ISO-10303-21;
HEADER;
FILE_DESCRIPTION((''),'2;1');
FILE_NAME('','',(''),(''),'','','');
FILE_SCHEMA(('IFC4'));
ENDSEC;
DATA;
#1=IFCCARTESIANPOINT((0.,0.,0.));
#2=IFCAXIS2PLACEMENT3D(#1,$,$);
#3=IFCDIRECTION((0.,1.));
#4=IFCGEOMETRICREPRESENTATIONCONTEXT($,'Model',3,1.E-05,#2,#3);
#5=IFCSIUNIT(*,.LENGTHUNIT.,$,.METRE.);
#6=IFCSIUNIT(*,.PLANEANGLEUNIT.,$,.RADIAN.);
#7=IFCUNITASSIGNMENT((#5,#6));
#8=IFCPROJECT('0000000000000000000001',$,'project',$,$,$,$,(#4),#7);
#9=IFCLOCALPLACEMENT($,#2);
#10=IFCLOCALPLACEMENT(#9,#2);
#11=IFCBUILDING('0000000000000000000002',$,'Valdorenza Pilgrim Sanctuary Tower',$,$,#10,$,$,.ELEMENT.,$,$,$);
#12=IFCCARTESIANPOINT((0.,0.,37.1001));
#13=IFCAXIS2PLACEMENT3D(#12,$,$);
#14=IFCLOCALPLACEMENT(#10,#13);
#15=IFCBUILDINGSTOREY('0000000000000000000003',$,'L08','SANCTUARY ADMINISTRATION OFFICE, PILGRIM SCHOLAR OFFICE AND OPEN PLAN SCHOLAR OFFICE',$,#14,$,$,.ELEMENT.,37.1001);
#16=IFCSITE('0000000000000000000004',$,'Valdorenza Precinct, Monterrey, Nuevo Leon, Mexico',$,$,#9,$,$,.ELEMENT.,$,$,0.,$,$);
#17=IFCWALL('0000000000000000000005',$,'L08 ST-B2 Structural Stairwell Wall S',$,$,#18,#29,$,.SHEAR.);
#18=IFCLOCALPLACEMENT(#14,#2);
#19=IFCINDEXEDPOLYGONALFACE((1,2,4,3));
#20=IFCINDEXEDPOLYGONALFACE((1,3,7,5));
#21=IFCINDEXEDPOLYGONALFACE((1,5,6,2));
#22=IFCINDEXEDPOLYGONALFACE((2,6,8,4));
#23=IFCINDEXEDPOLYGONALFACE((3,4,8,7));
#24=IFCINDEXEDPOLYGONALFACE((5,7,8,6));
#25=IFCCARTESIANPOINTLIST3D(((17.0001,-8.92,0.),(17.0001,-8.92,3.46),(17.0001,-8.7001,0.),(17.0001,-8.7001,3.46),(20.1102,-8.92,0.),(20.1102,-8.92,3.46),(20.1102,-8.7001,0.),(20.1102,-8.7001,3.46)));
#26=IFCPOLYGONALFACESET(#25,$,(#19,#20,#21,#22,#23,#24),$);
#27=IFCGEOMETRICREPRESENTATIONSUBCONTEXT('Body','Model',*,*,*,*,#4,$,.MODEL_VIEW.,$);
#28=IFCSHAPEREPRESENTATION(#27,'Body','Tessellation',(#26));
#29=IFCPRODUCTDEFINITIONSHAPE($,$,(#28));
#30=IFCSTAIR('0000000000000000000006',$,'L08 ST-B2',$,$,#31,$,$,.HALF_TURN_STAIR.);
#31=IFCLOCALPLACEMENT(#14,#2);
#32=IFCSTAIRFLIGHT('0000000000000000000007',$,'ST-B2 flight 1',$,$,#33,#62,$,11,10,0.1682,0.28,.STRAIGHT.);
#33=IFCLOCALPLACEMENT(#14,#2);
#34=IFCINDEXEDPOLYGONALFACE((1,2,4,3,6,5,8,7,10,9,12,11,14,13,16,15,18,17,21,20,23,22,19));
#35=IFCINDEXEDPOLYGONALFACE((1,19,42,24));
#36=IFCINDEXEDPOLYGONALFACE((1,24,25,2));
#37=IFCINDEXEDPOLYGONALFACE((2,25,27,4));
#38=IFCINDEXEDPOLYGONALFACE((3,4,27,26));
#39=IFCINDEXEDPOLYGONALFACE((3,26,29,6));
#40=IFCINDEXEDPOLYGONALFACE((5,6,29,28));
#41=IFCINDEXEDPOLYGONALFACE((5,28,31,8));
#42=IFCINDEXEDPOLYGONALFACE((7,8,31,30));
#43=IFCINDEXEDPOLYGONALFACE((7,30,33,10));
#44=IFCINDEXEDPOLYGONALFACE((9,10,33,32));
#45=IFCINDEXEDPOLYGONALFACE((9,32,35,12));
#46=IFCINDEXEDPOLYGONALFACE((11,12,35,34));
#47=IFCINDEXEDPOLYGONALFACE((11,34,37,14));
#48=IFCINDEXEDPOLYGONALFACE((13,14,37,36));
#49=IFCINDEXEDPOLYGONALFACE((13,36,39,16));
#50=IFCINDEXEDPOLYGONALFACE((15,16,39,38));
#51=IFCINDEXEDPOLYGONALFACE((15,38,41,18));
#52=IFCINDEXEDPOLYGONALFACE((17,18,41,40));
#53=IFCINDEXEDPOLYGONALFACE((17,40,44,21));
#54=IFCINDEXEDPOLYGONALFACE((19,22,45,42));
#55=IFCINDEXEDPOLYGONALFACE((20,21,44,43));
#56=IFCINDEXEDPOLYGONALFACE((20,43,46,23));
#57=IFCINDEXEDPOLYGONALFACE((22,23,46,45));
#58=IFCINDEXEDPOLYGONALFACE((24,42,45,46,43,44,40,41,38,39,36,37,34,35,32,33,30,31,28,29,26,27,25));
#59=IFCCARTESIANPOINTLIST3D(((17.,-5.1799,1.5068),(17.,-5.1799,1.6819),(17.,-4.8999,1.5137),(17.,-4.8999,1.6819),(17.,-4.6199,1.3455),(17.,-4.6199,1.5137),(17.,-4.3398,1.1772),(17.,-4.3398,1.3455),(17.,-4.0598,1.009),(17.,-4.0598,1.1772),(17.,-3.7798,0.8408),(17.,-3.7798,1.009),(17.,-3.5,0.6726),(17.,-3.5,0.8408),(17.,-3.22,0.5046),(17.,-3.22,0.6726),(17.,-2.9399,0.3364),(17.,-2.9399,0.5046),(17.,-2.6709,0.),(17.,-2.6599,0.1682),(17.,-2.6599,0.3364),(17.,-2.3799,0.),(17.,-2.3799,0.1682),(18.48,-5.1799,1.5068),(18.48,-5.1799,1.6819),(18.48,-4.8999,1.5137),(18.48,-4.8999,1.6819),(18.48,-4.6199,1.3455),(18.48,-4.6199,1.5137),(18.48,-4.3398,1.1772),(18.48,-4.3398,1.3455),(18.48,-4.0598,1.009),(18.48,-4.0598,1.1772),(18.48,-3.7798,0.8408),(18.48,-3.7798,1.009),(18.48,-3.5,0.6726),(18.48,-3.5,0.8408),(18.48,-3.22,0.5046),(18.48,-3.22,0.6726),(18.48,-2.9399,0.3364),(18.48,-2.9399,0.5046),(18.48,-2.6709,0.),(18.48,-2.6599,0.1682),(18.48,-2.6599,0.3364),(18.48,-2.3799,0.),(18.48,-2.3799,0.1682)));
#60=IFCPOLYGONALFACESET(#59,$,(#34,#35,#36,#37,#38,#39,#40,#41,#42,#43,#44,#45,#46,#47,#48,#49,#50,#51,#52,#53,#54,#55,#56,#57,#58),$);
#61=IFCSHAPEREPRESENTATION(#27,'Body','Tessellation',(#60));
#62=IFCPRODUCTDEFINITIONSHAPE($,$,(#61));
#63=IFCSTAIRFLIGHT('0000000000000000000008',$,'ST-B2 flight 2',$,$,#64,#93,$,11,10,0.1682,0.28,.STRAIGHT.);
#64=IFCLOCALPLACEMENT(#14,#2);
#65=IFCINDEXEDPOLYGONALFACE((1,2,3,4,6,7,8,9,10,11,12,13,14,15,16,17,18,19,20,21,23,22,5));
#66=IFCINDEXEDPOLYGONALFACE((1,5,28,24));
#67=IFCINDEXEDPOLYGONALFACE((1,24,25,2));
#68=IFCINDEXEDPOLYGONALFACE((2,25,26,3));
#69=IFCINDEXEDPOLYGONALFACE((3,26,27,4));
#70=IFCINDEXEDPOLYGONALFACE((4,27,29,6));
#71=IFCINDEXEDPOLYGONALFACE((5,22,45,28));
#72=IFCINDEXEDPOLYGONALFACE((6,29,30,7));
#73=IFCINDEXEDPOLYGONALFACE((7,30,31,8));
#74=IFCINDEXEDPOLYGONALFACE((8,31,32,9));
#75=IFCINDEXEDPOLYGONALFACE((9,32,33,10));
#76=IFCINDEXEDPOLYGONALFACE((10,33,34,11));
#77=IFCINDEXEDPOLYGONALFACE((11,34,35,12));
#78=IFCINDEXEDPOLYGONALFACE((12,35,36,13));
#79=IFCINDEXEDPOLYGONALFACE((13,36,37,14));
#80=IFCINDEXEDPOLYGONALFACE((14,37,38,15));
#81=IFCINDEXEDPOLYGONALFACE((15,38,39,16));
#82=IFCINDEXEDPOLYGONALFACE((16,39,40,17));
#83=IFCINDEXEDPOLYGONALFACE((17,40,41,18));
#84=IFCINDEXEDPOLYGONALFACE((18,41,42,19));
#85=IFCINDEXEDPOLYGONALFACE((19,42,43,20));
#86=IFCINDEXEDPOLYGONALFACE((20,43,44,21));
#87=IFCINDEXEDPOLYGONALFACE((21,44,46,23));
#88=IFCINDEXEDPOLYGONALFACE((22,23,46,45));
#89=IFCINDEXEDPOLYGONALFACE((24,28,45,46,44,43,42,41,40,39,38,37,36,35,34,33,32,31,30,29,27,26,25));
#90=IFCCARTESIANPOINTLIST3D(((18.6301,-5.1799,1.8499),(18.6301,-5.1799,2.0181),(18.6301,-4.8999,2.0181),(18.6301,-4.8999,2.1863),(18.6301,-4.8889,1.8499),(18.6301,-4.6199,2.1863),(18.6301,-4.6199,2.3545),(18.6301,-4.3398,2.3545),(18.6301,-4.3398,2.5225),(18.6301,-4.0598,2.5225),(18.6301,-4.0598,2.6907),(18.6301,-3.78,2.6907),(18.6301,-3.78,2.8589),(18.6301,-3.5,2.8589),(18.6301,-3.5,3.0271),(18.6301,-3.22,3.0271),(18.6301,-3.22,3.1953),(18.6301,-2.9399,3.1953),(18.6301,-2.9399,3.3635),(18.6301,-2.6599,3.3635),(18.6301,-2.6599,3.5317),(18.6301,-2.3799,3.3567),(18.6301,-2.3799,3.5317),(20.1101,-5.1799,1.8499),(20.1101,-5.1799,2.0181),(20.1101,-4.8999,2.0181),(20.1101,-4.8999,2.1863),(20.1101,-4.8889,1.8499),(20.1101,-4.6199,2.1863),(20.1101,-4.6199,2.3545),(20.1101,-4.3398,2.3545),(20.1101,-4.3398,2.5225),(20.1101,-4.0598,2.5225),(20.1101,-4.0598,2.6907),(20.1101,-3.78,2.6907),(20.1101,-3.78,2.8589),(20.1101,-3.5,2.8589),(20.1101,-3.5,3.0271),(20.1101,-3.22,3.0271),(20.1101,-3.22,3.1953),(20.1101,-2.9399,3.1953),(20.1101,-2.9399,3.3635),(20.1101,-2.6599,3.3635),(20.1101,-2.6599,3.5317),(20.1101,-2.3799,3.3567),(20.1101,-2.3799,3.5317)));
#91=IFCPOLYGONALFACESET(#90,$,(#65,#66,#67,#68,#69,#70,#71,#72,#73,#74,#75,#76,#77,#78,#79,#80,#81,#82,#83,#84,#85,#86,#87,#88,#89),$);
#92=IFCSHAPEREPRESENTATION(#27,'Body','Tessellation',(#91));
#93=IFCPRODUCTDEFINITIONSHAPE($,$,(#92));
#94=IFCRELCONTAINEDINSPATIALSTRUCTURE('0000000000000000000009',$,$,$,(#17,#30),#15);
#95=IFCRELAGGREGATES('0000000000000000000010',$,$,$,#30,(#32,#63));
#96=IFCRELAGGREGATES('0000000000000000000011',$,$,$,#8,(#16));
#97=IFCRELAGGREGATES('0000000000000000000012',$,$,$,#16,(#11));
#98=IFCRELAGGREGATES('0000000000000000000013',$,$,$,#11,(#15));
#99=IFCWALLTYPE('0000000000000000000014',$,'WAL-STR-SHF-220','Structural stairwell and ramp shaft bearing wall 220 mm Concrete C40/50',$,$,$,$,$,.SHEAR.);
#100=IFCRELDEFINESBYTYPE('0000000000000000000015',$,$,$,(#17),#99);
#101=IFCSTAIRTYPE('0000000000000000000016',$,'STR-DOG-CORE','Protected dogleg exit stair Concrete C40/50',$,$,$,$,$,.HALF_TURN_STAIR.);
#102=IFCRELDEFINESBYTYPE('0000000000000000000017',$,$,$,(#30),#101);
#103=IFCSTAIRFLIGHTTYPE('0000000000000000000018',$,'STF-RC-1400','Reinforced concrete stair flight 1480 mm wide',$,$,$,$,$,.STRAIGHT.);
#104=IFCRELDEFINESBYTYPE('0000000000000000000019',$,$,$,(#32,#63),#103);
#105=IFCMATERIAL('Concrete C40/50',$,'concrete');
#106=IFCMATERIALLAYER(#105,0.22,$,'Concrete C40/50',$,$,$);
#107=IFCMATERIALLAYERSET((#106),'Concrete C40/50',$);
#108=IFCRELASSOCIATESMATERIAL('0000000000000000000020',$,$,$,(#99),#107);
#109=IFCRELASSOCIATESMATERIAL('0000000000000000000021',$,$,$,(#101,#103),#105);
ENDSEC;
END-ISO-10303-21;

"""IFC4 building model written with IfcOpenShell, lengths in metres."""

from ifc_helpers import new_model, si_unit, direction, frame, frame_2d, origin, place, context, subcontext, project, spatial, polyline, rectangle, outline, extrude, material, layer, layer_set, type_object, element, aggregate, save


model = new_model("IFC4")

# Units and contexts
model_context = context("Model", 3, precision=1e-05, world=origin(), true_north=direction((0.0, 1.0)))
body_context = subcontext(model_context, "Body", "Model", "MODEL_VIEW")
ifc_project = project(units=[si_unit("LENGTHUNIT", "METRE"), si_unit("PLANEANGLEUNIT", "RADIAN")], contexts=[model_context])

# Site, building, storey
site_placement = place(None, origin())
site = spatial("IfcSite", under=ifc_project, at=site_placement, Name="Valdorenza Precinct, Monterrey, Nuevo Leon, Mexico", CompositionType="ELEMENT", RefElevation=0.0)
building_placement = place(site_placement, origin())
building = spatial("IfcBuilding", under=site, at=building_placement, Name="Valdorenza Pilgrim Sanctuary Tower", CompositionType="ELEMENT")
storey_placement = place(building_placement, frame((0.0, 0.0, 37.1001)))
storey = spatial("IfcBuildingStorey", under=building, at=storey_placement, Name="L08", Description="SANCTUARY ADMINISTRATION OFFICE, PILGRIM SCHOLAR OFFICE AND OPEN PLAN SCHOLAR OFFICE", CompositionType="ELEMENT", Elevation=37.1001)

# Wall
ifc_material_1 = material(Name="Concrete C40/50", Category="concrete")
ifc_layer_1 = layer(ifc_material_1, 0.22, Name="Concrete C40/50")
ifc_layer_set_1 = layer_set([ifc_layer_1], Name="Concrete C40/50")
wall_type_1 = type_object("IfcWallType", Name="WAL-STR-SHF-220", Description="Structural stairwell and ramp shaft bearing wall 220 mm Concrete C40/50", PredefinedType="SHEAR", material=ifc_layer_set_1)
wall_1_placement = place(storey_placement, frame((17.0, -8.8101, 0.0), z_axis=(0.0, 0.0, 1.0), x_axis=(1.0, 0.0, 0.0)))
element("IfcWall", 1, at=wall_1_placement, inside=storey, type_object=wall_type_1, Name="L08 ST-B2 Structural Stairwell Wall S", PredefinedType="SHEAR", context=body_context, shape_type="SweptSolid", body=[
    extrude(rectangle(XDim=3.1101, YDim=0.22, at=frame_2d((1.5552, 0.0))), origin(), (0.0, 0.0, 1.0), 3.46),
])

# Stair, stair flights
stair_type = type_object("IfcStairType", Name="STR-DOG-CORE", Description="Protected dogleg exit stair Concrete C40/50", PredefinedType="HALF_TURN_STAIR", material=ifc_material_1)
stair_placement = place(storey_placement, origin())
stair = element("IfcStair", 2, at=stair_placement, inside=storey, type_object=stair_type, Name="L08 ST-B2", PredefinedType="HALF_TURN_STAIR")
stair_flight_type = type_object("IfcStairFlightType", Name="STF-RC-1400", Description="Reinforced concrete stair flight 1480 mm wide", PredefinedType="STRAIGHT", material=ifc_material_1)
stair_flight_1_placement = place(storey_placement, frame((17.74, -2.3799, 0.0), z_axis=(0.0, 0.0, 1.0), x_axis=(0.0, -1.0, 0.0)))
stair_flight_1 = element("IfcStairFlight", 3, at=stair_flight_1_placement, type_object=stair_flight_type, Name="ST-B2 flight 1", NumberOfRisers=11, NumberOfTreads=10, PredefinedType="STRAIGHT", RiserHeight=0.1682, TreadLength=0.28, context=body_context, shape_type="SweptSolid", body=[
    extrude(outline(polyline([(0.0, 0.0), (0.0, 0.1682), (0.28, 0.1682), (0.28, 0.3364), (0.5601, 0.3364), (0.5601, 0.5046), (0.8401, 0.5046), (0.8401, 0.6726), (1.1201, 0.6726), (1.1201, 0.8408), (1.3999, 0.8408), (1.3999, 1.009), (1.6799, 1.009), (1.6799, 1.1772), (1.96, 1.1772), (1.96, 1.3455), (2.24, 1.3455), (2.24, 1.5137), (2.52, 1.5137), (2.52, 1.6819), (2.8, 1.6819), (2.8, 1.8501), (2.8, 1.5068), (0.291, 0.0), (0.0, 0.0)])), frame((0.0, 0.74, 0.0), z_axis=(0.0, -1.0, 0.0), x_axis=(1.0, 0.0, 0.0)), (0.0, 0.0, 1.0), 1.48),
])
stair_flight_2_placement = place(storey_placement, frame((19.3701, -5.1799, 1.8499), z_axis=(0.0, 0.0, 1.0), x_axis=(0.0, 1.0, 0.0)))
stair_flight_2 = element("IfcStairFlight", 4, at=stair_flight_2_placement, type_object=stair_flight_type, Name="ST-B2 flight 2", NumberOfRisers=11, NumberOfTreads=10, PredefinedType="STRAIGHT", RiserHeight=0.1682, TreadLength=0.28, context=body_context, shape_type="SweptSolid", body=[
    extrude(outline(polyline([(0.0, 0.0), (0.0, 0.1682), (0.28, 0.1682), (0.28, 0.3364), (0.5601, 0.3364), (0.5601, 0.5046), (0.8401, 0.5046), (0.8401, 0.6726), (1.1201, 0.6726), (1.1201, 0.8408), (1.3999, 0.8408), (1.3999, 1.009), (1.6799, 1.009), (1.6799, 1.1772), (1.96, 1.1772), (1.96, 1.3455), (2.24, 1.3455), (2.24, 1.5137), (2.52, 1.5137), (2.52, 1.6819), (2.8, 1.6819), (2.8, 1.8501), (2.8, 1.5068), (0.291, 0.0), (0.0, 0.0)])), frame((0.0, 0.74, 0.0), z_axis=(0.0, -1.0, 0.0), x_axis=(1.0, 0.0, 0.0)), (0.0, 0.0, 1.0), 1.48),
])
aggregate(stair, [stair_flight_1, stair_flight_2])

save(model, "model.ifc")
